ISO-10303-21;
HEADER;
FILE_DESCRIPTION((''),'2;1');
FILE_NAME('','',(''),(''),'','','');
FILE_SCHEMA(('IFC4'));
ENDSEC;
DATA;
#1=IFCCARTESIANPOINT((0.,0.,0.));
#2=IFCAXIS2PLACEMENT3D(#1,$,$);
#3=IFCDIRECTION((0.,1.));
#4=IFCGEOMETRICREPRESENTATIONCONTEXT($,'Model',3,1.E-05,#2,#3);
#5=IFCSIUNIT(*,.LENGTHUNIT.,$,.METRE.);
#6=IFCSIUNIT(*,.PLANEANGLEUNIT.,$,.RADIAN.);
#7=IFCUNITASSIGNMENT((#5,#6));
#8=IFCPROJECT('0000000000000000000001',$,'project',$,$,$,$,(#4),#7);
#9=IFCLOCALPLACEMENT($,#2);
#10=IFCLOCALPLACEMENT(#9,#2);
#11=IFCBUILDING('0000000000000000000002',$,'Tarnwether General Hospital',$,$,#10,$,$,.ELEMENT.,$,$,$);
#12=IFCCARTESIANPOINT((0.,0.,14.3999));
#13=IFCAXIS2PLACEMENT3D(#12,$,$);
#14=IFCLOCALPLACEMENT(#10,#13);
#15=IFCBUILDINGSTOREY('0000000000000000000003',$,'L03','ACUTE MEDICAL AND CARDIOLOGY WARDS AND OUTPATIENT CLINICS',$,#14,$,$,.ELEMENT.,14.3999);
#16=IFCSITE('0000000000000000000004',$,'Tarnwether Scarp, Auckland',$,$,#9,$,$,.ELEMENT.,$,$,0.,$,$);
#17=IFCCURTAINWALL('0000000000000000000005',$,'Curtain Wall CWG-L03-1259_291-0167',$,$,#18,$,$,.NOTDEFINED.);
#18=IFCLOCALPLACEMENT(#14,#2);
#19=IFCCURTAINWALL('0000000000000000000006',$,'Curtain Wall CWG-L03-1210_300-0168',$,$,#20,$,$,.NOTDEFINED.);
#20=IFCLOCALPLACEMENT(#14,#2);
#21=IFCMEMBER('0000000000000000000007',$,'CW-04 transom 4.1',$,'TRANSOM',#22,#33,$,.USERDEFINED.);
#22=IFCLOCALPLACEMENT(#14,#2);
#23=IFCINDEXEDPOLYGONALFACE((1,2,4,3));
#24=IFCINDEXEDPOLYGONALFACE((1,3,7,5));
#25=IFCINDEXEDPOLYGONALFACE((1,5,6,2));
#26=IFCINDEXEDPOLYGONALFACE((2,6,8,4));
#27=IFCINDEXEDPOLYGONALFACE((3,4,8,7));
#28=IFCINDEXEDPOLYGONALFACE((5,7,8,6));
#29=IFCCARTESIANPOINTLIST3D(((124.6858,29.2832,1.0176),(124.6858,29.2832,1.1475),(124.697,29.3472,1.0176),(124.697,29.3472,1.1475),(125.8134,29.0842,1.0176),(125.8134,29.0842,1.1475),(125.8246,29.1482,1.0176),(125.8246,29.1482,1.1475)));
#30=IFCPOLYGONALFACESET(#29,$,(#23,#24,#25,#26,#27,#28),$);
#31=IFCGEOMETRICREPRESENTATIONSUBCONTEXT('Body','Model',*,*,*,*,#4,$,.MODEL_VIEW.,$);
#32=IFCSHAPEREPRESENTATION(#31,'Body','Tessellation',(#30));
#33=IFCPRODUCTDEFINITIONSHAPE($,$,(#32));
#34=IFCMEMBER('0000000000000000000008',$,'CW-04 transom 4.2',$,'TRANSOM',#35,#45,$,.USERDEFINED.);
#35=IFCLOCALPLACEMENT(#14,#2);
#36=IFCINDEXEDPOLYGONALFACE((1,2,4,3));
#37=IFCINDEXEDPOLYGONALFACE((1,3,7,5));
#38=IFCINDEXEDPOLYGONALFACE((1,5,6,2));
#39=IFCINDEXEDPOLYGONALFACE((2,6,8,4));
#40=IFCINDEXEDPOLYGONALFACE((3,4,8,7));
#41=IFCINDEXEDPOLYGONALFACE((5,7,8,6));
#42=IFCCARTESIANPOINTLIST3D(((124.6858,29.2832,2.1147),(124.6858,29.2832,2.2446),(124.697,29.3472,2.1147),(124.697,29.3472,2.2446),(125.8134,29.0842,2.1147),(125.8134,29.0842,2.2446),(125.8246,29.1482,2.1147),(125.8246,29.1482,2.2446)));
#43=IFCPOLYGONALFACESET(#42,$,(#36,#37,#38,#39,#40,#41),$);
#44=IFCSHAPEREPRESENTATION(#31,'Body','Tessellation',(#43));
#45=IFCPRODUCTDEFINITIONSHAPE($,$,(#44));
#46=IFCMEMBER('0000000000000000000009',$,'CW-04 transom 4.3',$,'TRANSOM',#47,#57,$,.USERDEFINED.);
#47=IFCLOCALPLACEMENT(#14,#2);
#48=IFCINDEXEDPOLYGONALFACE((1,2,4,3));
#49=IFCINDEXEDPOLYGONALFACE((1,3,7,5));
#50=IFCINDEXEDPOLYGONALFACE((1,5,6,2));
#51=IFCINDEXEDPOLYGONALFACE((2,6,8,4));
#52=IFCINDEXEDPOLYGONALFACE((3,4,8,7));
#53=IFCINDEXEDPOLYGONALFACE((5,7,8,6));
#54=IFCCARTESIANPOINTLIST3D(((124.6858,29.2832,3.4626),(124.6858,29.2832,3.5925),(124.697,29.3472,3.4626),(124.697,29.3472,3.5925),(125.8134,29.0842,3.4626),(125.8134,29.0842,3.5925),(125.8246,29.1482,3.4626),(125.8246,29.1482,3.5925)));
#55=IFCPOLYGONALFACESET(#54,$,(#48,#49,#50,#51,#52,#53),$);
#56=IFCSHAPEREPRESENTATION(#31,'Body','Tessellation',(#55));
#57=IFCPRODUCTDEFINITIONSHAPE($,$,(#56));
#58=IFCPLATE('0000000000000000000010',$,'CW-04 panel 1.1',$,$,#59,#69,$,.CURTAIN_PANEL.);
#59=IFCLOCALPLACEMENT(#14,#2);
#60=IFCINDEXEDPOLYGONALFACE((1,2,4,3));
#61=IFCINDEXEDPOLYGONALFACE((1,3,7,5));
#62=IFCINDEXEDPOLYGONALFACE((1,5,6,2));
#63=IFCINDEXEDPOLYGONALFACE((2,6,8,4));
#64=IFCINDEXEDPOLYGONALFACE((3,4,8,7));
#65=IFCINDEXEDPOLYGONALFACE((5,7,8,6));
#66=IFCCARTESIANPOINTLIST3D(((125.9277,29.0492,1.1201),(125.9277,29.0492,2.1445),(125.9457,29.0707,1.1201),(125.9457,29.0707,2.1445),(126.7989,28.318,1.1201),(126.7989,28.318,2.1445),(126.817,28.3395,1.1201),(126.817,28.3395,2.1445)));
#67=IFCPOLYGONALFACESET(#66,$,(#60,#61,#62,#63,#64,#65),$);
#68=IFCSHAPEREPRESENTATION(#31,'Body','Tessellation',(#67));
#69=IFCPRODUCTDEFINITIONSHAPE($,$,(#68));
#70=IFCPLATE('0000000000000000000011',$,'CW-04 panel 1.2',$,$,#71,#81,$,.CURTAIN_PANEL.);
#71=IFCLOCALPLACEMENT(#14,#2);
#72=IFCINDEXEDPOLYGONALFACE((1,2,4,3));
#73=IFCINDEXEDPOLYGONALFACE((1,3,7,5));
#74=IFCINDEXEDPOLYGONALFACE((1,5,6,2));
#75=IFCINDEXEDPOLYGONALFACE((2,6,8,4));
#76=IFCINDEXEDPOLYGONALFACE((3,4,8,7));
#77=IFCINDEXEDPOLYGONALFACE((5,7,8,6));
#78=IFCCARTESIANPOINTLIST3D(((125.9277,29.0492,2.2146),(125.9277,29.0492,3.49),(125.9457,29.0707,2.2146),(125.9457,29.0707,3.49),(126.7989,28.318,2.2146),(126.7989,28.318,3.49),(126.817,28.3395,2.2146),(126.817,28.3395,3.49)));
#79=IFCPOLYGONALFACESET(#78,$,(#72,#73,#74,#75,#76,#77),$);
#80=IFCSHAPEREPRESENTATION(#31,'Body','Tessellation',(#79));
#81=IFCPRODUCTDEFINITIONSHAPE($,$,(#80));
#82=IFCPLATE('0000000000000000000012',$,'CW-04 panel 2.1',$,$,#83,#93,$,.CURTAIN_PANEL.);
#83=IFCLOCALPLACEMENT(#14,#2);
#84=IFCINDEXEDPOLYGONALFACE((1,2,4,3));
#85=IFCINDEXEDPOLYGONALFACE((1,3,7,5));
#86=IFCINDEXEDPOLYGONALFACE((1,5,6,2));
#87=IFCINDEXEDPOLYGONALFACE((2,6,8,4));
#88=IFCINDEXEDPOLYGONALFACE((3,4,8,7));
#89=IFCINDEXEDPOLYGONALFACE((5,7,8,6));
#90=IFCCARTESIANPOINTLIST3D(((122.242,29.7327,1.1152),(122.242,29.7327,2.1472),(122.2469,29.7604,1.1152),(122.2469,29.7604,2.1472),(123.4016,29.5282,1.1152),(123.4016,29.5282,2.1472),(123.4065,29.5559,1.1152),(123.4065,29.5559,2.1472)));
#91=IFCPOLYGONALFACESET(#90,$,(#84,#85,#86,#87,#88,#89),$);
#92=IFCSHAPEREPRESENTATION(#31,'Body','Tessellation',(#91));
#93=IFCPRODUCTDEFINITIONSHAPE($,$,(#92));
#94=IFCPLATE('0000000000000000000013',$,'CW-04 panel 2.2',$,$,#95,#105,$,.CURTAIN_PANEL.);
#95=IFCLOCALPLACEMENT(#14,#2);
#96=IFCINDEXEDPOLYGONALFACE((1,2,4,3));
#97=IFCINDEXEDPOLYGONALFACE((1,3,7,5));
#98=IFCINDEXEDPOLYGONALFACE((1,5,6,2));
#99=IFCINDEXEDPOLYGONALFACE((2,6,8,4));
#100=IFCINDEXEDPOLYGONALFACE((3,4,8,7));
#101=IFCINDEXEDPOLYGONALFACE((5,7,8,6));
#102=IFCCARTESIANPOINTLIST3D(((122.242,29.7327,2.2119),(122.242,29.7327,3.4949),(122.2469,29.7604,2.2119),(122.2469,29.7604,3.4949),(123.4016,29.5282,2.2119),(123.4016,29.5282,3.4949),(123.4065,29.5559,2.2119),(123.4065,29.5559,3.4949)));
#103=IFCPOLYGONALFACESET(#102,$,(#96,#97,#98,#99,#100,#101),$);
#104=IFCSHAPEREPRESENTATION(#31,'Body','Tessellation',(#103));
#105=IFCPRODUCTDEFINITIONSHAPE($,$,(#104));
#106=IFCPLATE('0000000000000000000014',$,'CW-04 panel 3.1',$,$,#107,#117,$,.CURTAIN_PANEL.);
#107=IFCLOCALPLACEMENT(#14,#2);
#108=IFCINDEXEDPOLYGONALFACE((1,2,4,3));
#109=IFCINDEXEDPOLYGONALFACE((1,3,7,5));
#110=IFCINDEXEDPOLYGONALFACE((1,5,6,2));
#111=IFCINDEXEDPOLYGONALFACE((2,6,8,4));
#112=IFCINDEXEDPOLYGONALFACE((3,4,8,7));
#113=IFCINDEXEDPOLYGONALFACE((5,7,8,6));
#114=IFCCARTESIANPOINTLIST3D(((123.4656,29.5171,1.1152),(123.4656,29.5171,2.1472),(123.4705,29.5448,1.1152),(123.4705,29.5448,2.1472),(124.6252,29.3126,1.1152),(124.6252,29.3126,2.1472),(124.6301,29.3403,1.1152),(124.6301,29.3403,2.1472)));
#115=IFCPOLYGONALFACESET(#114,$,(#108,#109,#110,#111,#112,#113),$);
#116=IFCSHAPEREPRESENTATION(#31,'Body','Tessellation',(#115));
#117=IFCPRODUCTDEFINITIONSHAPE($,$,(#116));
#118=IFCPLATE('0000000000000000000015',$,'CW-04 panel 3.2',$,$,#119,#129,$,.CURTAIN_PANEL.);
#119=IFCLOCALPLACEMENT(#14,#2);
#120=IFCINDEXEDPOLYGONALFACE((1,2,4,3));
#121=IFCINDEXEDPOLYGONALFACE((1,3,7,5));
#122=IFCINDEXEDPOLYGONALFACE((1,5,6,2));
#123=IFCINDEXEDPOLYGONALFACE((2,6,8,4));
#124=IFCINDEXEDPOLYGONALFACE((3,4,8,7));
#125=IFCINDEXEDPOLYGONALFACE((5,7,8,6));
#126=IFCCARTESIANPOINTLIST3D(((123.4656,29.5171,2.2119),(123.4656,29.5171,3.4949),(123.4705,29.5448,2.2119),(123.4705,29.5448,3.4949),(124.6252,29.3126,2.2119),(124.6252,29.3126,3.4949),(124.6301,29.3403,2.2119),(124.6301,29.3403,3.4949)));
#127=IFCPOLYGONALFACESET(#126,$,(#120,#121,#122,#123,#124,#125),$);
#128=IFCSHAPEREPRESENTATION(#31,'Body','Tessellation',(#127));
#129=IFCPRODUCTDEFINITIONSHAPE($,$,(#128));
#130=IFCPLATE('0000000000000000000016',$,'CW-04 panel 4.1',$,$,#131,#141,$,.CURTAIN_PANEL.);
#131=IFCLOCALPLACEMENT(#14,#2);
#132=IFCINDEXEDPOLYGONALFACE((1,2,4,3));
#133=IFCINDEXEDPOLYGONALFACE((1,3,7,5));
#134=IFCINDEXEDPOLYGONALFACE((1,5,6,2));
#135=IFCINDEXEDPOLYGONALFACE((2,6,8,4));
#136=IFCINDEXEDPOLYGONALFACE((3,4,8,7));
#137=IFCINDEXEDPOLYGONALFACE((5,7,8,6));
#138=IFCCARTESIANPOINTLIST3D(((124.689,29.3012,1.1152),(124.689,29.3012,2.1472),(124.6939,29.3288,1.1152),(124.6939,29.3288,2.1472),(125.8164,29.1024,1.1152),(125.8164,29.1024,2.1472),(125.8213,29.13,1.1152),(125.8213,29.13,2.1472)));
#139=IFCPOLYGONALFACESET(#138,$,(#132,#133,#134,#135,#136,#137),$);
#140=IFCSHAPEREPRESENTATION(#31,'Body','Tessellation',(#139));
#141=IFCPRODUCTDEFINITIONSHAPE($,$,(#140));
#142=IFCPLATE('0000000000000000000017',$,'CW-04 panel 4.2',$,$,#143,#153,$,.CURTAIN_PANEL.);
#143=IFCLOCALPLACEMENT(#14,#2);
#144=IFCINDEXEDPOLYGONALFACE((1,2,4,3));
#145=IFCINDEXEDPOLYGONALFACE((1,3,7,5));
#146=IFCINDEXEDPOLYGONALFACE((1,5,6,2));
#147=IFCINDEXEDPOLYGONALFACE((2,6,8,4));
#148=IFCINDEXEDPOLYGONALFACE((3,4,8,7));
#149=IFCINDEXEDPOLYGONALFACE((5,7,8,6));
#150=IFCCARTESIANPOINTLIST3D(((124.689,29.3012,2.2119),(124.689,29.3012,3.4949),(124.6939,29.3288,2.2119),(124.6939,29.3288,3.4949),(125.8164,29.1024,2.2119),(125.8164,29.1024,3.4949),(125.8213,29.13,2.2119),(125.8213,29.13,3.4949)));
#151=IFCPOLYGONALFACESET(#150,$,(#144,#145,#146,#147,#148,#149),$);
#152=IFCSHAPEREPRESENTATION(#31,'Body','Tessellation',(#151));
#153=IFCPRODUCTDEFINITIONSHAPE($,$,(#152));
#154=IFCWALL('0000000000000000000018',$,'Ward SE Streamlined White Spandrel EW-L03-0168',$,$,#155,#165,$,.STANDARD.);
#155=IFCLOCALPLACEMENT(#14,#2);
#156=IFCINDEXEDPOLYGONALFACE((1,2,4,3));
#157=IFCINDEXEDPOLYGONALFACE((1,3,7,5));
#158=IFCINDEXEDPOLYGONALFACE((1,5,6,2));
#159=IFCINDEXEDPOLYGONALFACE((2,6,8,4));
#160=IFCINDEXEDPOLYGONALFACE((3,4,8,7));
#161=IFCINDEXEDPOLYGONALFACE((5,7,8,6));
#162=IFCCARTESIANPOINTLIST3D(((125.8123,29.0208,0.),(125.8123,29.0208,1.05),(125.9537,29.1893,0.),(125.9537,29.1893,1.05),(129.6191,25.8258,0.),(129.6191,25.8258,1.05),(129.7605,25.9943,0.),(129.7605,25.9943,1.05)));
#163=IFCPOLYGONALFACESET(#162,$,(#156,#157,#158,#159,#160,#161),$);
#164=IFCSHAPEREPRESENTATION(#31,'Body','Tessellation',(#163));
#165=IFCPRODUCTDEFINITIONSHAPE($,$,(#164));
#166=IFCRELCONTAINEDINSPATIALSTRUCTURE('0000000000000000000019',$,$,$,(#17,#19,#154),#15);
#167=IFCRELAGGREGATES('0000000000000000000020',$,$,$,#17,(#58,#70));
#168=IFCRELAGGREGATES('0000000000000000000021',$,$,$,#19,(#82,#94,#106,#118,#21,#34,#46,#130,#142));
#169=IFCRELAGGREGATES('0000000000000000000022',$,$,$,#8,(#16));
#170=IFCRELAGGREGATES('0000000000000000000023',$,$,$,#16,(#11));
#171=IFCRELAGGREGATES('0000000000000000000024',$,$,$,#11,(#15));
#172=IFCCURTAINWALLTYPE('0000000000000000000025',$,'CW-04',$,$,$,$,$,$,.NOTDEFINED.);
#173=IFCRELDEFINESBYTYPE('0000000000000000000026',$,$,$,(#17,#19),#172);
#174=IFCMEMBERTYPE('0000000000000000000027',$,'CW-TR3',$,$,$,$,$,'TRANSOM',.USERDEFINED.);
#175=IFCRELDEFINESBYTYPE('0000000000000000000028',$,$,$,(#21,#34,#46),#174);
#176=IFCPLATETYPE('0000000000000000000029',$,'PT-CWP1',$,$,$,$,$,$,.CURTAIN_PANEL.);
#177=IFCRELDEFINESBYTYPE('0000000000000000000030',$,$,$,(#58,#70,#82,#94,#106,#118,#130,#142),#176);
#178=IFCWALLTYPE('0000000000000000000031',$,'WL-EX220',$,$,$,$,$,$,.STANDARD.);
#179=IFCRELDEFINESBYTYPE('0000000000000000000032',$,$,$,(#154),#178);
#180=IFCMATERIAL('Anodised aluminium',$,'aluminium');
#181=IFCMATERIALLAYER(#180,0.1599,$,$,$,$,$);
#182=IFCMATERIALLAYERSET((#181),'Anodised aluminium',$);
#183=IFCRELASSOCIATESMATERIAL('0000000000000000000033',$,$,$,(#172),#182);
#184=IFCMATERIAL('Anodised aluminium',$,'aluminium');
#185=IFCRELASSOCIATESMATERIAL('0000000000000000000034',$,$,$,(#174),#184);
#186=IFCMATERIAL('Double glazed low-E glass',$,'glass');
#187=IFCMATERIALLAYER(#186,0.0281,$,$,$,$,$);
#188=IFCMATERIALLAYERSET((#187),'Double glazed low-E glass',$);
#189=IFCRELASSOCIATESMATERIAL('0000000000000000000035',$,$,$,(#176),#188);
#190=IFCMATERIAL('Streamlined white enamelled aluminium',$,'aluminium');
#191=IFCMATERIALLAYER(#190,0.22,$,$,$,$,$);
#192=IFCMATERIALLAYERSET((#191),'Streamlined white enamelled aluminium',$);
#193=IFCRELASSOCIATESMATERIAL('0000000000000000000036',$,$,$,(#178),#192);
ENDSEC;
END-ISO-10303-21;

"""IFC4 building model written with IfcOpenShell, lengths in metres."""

from ifc_helpers import new_model, si_unit, direction, frame, frame_2d, origin, origin_2d, place, context, subcontext, project, spatial, rectangle, extrude, material, layer, layer_set, material_profile, profile_set, type_object, element, aggregate, save


model = new_model("IFC4")

# Units and contexts
model_context = context("Model", 3, precision=1e-05, world=origin(), true_north=direction((0.0, 1.0)))
body_context = subcontext(model_context, "Body", "Model", "MODEL_VIEW")
ifc_project = project(units=[si_unit("LENGTHUNIT", "METRE"), si_unit("PLANEANGLEUNIT", "RADIAN")], contexts=[model_context])

# Site, building, storey
site_placement = place(None, origin())
site = spatial("IfcSite", under=ifc_project, at=site_placement, Name="Tarnwether Scarp, Auckland", CompositionType="ELEMENT", RefElevation=0.0)
building_placement = place(site_placement, origin())
building = spatial("IfcBuilding", under=site, at=building_placement, Name="Tarnwether General Hospital", CompositionType="ELEMENT")
storey_placement = place(building_placement, frame((0.0, 0.0, 14.3999)))
storey = spatial("IfcBuildingStorey", under=building, at=storey_placement, Name="L03", Description="ACUTE MEDICAL AND CARDIOLOGY WARDS AND OUTPATIENT CLINICS", CompositionType="ELEMENT", Elevation=14.3999)

# Curtain walls
ifc_material_1 = material(Name="Anodised aluminium", Category="aluminium")
ifc_layer_1 = layer(ifc_material_1, 0.1599)
ifc_layer_set_1 = layer_set([ifc_layer_1], Name="Anodised aluminium")
curtain_wall_type = type_object("IfcCurtainWallType", Name="CW-04", PredefinedType="NOTDEFINED", material=ifc_layer_set_1)
curtain_wall_1_placement = place(storey_placement, origin())
curtain_wall_1 = element("IfcCurtainWall", 1, at=curtain_wall_1_placement, inside=storey, type_object=curtain_wall_type, Name="Curtain Wall CWG-L03-1259_291-0167", PredefinedType="NOTDEFINED")
curtain_wall_2_placement = place(storey_placement, origin())
curtain_wall_2 = element("IfcCurtainWall", 2, at=curtain_wall_2_placement, inside=storey, type_object=curtain_wall_type, Name="Curtain Wall CWG-L03-1210_300-0168", PredefinedType="NOTDEFINED")

# Members
ifc_material_2 = material(Name="Anodised aluminium", Category="aluminium")
ifc_material_profile_1 = material_profile(ifc_material_2, rectangle(XDim=0.0649, YDim=0.1299, at=origin_2d()), Name="ALU-TRN-65x130")
ifc_profile_set_1 = profile_set([ifc_material_profile_1], Name="Anodised aluminium")
member_type_1 = type_object("IfcMemberType", Name="CW-TR3", ElementType="TRANSOM", PredefinedType="USERDEFINED", material=ifc_profile_set_1)
member_1_placement = place(storey_placement, frame((124.6914, 29.3152, 1.0825), z_axis=(0.984788, -0.173761, 0.0), x_axis=(0.173761, 0.984788, 0.0)))
member_1 = element("IfcMember", 3, at=member_1_placement, type_object=member_type_1, Name="CW-04 transom 4.1", ObjectType="TRANSOM", PredefinedType="USERDEFINED", context=body_context, shape_type="SweptSolid", body=[
    extrude(rectangle(XDim=0.0649, YDim=0.1299, at=origin_2d()), origin(), (0.0, 0.0, 1.0), 1.145),
])
member_2_placement = place(storey_placement, frame((124.6914, 29.3152, 2.1797), z_axis=(0.984788, -0.173761, 0.0), x_axis=(0.173761, 0.984788, 0.0)))
member_2 = element("IfcMember", 4, at=member_2_placement, type_object=member_type_1, Name="CW-04 transom 4.2", ObjectType="TRANSOM", PredefinedType="USERDEFINED", context=body_context, shape_type="SweptSolid", body=[
    extrude(rectangle(XDim=0.0649, YDim=0.1299, at=origin_2d()), origin(), (0.0, 0.0, 1.0), 1.145),
])
member_3_placement = place(storey_placement, frame((124.6914, 29.3152, 3.5276), z_axis=(0.984788, -0.173761, 0.0), x_axis=(0.173761, 0.984788, 0.0)))
member_3 = element("IfcMember", 5, at=member_3_placement, type_object=member_type_1, Name="CW-04 transom 4.3", ObjectType="TRANSOM", PredefinedType="USERDEFINED", context=body_context, shape_type="SweptSolid", body=[
    extrude(rectangle(XDim=0.0649, YDim=0.1299, at=origin_2d()), origin(), (0.0, 0.0, 1.0), 1.145),
])

# Plates
ifc_material_3 = material(Name="Double glazed low-E glass", Category="glass")
ifc_layer_2 = layer(ifc_material_3, 0.0281)
ifc_layer_set_2 = layer_set([ifc_layer_2], Name="Double glazed low-E glass")
plate_type = type_object("IfcPlateType", Name="PT-CWP1", PredefinedType="CURTAIN_PANEL", material=ifc_layer_set_2)
plate_1_placement = place(storey_placement, frame((126.3723, 28.6943, 1.1201), z_axis=(0.0, 0.0, 1.0), x_axis=(0.76599, -0.642852, 0.0)))
plate_1 = element("IfcPlate", 6, at=plate_1_placement, type_object=plate_type, Name="CW-04 panel 1.1", PredefinedType="CURTAIN_PANEL", context=body_context, shape_type="SweptSolid", body=[
    extrude(rectangle(XDim=1.1375, YDim=0.0281, at=origin_2d()), origin(), (0.0, 0.0, 1.0), 1.0244),
])
plate_2_placement = place(storey_placement, frame((126.3723, 28.6943, 2.2146), z_axis=(0.0, 0.0, 1.0), x_axis=(0.76599, -0.642852, 0.0)))
plate_2 = element("IfcPlate", 7, at=plate_2_placement, type_object=plate_type, Name="CW-04 panel 1.2", PredefinedType="CURTAIN_PANEL", context=body_context, shape_type="SweptSolid", body=[
    extrude(rectangle(XDim=1.1375, YDim=0.0281, at=origin_2d()), origin(), (0.0, 0.0, 1.0), 1.2754),
])
aggregate(curtain_wall_1, [plate_1, plate_2])
plate_3_placement = place(storey_placement, frame((122.8242, 29.6443, 1.1152), z_axis=(0.0, 0.0, 1.0), x_axis=(0.984806, -0.173659, 0.0)))
plate_3 = element("IfcPlate", 8, at=plate_3_placement, type_object=plate_type, Name="CW-04 panel 2.1", PredefinedType="CURTAIN_PANEL", context=body_context, shape_type="SweptSolid", body=[
    extrude(rectangle(XDim=1.1775, YDim=0.0281, at=origin_2d()), origin(), (0.0, 0.0, 1.0), 1.032),
])
plate_4_placement = place(storey_placement, frame((122.8242, 29.6443, 2.2119), z_axis=(0.0, 0.0, 1.0), x_axis=(0.984806, -0.173659, 0.0)))
plate_4 = element("IfcPlate", 9, at=plate_4_placement, type_object=plate_type, Name="CW-04 panel 2.2", PredefinedType="CURTAIN_PANEL", context=body_context, shape_type="SweptSolid", body=[
    extrude(rectangle(XDim=1.1775, YDim=0.0281, at=origin_2d()), origin(), (0.0, 0.0, 1.0), 1.283),
])
plate_5_placement = place(storey_placement, frame((124.0479, 29.4287, 1.1152), z_axis=(0.0, 0.0, 1.0), x_axis=(0.984806, -0.173659, 0.0)))
plate_5 = element("IfcPlate", 10, at=plate_5_placement, type_object=plate_type, Name="CW-04 panel 3.1", PredefinedType="CURTAIN_PANEL", context=body_context, shape_type="SweptSolid", body=[
    extrude(rectangle(XDim=1.1775, YDim=0.0281, at=origin_2d()), origin(), (0.0, 0.0, 1.0), 1.032),
])
plate_6_placement = place(storey_placement, frame((124.0479, 29.4287, 2.2119), z_axis=(0.0, 0.0, 1.0), x_axis=(0.984806, -0.173659, 0.0)))
plate_6 = element("IfcPlate", 11, at=plate_6_placement, type_object=plate_type, Name="CW-04 panel 3.2", PredefinedType="CURTAIN_PANEL", context=body_context, shape_type="SweptSolid", body=[
    extrude(rectangle(XDim=1.1775, YDim=0.0281, at=origin_2d()), origin(), (0.0, 0.0, 1.0), 1.283),
])
plate_7_placement = place(storey_placement, frame((125.2551, 29.2156, 1.1152), z_axis=(0.0, 0.0, 1.0), x_axis=(0.984806, -0.173659, 0.0)))
plate_7 = element("IfcPlate", 12, at=plate_7_placement, type_object=plate_type, Name="CW-04 panel 4.1", PredefinedType="CURTAIN_PANEL", context=body_context, shape_type="SweptSolid", body=[
    extrude(rectangle(XDim=1.1448, YDim=0.0281, at=origin_2d()), origin(), (0.0, 0.0, 1.0), 1.032),
])
plate_8_placement = place(storey_placement, frame((125.2551, 29.2156, 2.2119), z_axis=(0.0, 0.0, 1.0), x_axis=(0.984806, -0.173659, 0.0)))
plate_8 = element("IfcPlate", 13, at=plate_8_placement, type_object=plate_type, Name="CW-04 panel 4.2", PredefinedType="CURTAIN_PANEL", context=body_context, shape_type="SweptSolid", body=[
    extrude(rectangle(XDim=1.1448, YDim=0.0281, at=origin_2d()), origin(), (0.0, 0.0, 1.0), 1.283),
])
aggregate(curtain_wall_2, [plate_3, plate_4, plate_5, plate_6, member_1, member_2, member_3, plate_7, plate_8])

# Wall
ifc_material_4 = material(Name="Streamlined white enamelled aluminium", Category="aluminium")
ifc_layer_3 = layer(ifc_material_4, 0.22)
ifc_layer_set_3 = layer_set([ifc_layer_3], Name="Streamlined white enamelled aluminium")
wall_type = type_object("IfcWallType", Name="WL-EX220", PredefinedType="STANDARD", material=ifc_layer_set_3)
wall_placement = place(storey_placement, frame((125.8831, 29.105, 0.0), z_axis=(0.0, 0.0, 1.0), x_axis=(0.765974, -0.642872, 0.0)))
element("IfcWall", 14, at=wall_placement, inside=storey, type_object=wall_type, Name="Ward SE Streamlined White Spandrel EW-L03-0168", PredefinedType="STANDARD", context=body_context, shape_type="SweptSolid", body=[
    extrude(rectangle(XDim=4.97, YDim=0.22, at=frame_2d((2.4849, 0.0))), origin(), (0.0, 0.0, 1.0), 1.05),
])

save(model, "model.ifc")
